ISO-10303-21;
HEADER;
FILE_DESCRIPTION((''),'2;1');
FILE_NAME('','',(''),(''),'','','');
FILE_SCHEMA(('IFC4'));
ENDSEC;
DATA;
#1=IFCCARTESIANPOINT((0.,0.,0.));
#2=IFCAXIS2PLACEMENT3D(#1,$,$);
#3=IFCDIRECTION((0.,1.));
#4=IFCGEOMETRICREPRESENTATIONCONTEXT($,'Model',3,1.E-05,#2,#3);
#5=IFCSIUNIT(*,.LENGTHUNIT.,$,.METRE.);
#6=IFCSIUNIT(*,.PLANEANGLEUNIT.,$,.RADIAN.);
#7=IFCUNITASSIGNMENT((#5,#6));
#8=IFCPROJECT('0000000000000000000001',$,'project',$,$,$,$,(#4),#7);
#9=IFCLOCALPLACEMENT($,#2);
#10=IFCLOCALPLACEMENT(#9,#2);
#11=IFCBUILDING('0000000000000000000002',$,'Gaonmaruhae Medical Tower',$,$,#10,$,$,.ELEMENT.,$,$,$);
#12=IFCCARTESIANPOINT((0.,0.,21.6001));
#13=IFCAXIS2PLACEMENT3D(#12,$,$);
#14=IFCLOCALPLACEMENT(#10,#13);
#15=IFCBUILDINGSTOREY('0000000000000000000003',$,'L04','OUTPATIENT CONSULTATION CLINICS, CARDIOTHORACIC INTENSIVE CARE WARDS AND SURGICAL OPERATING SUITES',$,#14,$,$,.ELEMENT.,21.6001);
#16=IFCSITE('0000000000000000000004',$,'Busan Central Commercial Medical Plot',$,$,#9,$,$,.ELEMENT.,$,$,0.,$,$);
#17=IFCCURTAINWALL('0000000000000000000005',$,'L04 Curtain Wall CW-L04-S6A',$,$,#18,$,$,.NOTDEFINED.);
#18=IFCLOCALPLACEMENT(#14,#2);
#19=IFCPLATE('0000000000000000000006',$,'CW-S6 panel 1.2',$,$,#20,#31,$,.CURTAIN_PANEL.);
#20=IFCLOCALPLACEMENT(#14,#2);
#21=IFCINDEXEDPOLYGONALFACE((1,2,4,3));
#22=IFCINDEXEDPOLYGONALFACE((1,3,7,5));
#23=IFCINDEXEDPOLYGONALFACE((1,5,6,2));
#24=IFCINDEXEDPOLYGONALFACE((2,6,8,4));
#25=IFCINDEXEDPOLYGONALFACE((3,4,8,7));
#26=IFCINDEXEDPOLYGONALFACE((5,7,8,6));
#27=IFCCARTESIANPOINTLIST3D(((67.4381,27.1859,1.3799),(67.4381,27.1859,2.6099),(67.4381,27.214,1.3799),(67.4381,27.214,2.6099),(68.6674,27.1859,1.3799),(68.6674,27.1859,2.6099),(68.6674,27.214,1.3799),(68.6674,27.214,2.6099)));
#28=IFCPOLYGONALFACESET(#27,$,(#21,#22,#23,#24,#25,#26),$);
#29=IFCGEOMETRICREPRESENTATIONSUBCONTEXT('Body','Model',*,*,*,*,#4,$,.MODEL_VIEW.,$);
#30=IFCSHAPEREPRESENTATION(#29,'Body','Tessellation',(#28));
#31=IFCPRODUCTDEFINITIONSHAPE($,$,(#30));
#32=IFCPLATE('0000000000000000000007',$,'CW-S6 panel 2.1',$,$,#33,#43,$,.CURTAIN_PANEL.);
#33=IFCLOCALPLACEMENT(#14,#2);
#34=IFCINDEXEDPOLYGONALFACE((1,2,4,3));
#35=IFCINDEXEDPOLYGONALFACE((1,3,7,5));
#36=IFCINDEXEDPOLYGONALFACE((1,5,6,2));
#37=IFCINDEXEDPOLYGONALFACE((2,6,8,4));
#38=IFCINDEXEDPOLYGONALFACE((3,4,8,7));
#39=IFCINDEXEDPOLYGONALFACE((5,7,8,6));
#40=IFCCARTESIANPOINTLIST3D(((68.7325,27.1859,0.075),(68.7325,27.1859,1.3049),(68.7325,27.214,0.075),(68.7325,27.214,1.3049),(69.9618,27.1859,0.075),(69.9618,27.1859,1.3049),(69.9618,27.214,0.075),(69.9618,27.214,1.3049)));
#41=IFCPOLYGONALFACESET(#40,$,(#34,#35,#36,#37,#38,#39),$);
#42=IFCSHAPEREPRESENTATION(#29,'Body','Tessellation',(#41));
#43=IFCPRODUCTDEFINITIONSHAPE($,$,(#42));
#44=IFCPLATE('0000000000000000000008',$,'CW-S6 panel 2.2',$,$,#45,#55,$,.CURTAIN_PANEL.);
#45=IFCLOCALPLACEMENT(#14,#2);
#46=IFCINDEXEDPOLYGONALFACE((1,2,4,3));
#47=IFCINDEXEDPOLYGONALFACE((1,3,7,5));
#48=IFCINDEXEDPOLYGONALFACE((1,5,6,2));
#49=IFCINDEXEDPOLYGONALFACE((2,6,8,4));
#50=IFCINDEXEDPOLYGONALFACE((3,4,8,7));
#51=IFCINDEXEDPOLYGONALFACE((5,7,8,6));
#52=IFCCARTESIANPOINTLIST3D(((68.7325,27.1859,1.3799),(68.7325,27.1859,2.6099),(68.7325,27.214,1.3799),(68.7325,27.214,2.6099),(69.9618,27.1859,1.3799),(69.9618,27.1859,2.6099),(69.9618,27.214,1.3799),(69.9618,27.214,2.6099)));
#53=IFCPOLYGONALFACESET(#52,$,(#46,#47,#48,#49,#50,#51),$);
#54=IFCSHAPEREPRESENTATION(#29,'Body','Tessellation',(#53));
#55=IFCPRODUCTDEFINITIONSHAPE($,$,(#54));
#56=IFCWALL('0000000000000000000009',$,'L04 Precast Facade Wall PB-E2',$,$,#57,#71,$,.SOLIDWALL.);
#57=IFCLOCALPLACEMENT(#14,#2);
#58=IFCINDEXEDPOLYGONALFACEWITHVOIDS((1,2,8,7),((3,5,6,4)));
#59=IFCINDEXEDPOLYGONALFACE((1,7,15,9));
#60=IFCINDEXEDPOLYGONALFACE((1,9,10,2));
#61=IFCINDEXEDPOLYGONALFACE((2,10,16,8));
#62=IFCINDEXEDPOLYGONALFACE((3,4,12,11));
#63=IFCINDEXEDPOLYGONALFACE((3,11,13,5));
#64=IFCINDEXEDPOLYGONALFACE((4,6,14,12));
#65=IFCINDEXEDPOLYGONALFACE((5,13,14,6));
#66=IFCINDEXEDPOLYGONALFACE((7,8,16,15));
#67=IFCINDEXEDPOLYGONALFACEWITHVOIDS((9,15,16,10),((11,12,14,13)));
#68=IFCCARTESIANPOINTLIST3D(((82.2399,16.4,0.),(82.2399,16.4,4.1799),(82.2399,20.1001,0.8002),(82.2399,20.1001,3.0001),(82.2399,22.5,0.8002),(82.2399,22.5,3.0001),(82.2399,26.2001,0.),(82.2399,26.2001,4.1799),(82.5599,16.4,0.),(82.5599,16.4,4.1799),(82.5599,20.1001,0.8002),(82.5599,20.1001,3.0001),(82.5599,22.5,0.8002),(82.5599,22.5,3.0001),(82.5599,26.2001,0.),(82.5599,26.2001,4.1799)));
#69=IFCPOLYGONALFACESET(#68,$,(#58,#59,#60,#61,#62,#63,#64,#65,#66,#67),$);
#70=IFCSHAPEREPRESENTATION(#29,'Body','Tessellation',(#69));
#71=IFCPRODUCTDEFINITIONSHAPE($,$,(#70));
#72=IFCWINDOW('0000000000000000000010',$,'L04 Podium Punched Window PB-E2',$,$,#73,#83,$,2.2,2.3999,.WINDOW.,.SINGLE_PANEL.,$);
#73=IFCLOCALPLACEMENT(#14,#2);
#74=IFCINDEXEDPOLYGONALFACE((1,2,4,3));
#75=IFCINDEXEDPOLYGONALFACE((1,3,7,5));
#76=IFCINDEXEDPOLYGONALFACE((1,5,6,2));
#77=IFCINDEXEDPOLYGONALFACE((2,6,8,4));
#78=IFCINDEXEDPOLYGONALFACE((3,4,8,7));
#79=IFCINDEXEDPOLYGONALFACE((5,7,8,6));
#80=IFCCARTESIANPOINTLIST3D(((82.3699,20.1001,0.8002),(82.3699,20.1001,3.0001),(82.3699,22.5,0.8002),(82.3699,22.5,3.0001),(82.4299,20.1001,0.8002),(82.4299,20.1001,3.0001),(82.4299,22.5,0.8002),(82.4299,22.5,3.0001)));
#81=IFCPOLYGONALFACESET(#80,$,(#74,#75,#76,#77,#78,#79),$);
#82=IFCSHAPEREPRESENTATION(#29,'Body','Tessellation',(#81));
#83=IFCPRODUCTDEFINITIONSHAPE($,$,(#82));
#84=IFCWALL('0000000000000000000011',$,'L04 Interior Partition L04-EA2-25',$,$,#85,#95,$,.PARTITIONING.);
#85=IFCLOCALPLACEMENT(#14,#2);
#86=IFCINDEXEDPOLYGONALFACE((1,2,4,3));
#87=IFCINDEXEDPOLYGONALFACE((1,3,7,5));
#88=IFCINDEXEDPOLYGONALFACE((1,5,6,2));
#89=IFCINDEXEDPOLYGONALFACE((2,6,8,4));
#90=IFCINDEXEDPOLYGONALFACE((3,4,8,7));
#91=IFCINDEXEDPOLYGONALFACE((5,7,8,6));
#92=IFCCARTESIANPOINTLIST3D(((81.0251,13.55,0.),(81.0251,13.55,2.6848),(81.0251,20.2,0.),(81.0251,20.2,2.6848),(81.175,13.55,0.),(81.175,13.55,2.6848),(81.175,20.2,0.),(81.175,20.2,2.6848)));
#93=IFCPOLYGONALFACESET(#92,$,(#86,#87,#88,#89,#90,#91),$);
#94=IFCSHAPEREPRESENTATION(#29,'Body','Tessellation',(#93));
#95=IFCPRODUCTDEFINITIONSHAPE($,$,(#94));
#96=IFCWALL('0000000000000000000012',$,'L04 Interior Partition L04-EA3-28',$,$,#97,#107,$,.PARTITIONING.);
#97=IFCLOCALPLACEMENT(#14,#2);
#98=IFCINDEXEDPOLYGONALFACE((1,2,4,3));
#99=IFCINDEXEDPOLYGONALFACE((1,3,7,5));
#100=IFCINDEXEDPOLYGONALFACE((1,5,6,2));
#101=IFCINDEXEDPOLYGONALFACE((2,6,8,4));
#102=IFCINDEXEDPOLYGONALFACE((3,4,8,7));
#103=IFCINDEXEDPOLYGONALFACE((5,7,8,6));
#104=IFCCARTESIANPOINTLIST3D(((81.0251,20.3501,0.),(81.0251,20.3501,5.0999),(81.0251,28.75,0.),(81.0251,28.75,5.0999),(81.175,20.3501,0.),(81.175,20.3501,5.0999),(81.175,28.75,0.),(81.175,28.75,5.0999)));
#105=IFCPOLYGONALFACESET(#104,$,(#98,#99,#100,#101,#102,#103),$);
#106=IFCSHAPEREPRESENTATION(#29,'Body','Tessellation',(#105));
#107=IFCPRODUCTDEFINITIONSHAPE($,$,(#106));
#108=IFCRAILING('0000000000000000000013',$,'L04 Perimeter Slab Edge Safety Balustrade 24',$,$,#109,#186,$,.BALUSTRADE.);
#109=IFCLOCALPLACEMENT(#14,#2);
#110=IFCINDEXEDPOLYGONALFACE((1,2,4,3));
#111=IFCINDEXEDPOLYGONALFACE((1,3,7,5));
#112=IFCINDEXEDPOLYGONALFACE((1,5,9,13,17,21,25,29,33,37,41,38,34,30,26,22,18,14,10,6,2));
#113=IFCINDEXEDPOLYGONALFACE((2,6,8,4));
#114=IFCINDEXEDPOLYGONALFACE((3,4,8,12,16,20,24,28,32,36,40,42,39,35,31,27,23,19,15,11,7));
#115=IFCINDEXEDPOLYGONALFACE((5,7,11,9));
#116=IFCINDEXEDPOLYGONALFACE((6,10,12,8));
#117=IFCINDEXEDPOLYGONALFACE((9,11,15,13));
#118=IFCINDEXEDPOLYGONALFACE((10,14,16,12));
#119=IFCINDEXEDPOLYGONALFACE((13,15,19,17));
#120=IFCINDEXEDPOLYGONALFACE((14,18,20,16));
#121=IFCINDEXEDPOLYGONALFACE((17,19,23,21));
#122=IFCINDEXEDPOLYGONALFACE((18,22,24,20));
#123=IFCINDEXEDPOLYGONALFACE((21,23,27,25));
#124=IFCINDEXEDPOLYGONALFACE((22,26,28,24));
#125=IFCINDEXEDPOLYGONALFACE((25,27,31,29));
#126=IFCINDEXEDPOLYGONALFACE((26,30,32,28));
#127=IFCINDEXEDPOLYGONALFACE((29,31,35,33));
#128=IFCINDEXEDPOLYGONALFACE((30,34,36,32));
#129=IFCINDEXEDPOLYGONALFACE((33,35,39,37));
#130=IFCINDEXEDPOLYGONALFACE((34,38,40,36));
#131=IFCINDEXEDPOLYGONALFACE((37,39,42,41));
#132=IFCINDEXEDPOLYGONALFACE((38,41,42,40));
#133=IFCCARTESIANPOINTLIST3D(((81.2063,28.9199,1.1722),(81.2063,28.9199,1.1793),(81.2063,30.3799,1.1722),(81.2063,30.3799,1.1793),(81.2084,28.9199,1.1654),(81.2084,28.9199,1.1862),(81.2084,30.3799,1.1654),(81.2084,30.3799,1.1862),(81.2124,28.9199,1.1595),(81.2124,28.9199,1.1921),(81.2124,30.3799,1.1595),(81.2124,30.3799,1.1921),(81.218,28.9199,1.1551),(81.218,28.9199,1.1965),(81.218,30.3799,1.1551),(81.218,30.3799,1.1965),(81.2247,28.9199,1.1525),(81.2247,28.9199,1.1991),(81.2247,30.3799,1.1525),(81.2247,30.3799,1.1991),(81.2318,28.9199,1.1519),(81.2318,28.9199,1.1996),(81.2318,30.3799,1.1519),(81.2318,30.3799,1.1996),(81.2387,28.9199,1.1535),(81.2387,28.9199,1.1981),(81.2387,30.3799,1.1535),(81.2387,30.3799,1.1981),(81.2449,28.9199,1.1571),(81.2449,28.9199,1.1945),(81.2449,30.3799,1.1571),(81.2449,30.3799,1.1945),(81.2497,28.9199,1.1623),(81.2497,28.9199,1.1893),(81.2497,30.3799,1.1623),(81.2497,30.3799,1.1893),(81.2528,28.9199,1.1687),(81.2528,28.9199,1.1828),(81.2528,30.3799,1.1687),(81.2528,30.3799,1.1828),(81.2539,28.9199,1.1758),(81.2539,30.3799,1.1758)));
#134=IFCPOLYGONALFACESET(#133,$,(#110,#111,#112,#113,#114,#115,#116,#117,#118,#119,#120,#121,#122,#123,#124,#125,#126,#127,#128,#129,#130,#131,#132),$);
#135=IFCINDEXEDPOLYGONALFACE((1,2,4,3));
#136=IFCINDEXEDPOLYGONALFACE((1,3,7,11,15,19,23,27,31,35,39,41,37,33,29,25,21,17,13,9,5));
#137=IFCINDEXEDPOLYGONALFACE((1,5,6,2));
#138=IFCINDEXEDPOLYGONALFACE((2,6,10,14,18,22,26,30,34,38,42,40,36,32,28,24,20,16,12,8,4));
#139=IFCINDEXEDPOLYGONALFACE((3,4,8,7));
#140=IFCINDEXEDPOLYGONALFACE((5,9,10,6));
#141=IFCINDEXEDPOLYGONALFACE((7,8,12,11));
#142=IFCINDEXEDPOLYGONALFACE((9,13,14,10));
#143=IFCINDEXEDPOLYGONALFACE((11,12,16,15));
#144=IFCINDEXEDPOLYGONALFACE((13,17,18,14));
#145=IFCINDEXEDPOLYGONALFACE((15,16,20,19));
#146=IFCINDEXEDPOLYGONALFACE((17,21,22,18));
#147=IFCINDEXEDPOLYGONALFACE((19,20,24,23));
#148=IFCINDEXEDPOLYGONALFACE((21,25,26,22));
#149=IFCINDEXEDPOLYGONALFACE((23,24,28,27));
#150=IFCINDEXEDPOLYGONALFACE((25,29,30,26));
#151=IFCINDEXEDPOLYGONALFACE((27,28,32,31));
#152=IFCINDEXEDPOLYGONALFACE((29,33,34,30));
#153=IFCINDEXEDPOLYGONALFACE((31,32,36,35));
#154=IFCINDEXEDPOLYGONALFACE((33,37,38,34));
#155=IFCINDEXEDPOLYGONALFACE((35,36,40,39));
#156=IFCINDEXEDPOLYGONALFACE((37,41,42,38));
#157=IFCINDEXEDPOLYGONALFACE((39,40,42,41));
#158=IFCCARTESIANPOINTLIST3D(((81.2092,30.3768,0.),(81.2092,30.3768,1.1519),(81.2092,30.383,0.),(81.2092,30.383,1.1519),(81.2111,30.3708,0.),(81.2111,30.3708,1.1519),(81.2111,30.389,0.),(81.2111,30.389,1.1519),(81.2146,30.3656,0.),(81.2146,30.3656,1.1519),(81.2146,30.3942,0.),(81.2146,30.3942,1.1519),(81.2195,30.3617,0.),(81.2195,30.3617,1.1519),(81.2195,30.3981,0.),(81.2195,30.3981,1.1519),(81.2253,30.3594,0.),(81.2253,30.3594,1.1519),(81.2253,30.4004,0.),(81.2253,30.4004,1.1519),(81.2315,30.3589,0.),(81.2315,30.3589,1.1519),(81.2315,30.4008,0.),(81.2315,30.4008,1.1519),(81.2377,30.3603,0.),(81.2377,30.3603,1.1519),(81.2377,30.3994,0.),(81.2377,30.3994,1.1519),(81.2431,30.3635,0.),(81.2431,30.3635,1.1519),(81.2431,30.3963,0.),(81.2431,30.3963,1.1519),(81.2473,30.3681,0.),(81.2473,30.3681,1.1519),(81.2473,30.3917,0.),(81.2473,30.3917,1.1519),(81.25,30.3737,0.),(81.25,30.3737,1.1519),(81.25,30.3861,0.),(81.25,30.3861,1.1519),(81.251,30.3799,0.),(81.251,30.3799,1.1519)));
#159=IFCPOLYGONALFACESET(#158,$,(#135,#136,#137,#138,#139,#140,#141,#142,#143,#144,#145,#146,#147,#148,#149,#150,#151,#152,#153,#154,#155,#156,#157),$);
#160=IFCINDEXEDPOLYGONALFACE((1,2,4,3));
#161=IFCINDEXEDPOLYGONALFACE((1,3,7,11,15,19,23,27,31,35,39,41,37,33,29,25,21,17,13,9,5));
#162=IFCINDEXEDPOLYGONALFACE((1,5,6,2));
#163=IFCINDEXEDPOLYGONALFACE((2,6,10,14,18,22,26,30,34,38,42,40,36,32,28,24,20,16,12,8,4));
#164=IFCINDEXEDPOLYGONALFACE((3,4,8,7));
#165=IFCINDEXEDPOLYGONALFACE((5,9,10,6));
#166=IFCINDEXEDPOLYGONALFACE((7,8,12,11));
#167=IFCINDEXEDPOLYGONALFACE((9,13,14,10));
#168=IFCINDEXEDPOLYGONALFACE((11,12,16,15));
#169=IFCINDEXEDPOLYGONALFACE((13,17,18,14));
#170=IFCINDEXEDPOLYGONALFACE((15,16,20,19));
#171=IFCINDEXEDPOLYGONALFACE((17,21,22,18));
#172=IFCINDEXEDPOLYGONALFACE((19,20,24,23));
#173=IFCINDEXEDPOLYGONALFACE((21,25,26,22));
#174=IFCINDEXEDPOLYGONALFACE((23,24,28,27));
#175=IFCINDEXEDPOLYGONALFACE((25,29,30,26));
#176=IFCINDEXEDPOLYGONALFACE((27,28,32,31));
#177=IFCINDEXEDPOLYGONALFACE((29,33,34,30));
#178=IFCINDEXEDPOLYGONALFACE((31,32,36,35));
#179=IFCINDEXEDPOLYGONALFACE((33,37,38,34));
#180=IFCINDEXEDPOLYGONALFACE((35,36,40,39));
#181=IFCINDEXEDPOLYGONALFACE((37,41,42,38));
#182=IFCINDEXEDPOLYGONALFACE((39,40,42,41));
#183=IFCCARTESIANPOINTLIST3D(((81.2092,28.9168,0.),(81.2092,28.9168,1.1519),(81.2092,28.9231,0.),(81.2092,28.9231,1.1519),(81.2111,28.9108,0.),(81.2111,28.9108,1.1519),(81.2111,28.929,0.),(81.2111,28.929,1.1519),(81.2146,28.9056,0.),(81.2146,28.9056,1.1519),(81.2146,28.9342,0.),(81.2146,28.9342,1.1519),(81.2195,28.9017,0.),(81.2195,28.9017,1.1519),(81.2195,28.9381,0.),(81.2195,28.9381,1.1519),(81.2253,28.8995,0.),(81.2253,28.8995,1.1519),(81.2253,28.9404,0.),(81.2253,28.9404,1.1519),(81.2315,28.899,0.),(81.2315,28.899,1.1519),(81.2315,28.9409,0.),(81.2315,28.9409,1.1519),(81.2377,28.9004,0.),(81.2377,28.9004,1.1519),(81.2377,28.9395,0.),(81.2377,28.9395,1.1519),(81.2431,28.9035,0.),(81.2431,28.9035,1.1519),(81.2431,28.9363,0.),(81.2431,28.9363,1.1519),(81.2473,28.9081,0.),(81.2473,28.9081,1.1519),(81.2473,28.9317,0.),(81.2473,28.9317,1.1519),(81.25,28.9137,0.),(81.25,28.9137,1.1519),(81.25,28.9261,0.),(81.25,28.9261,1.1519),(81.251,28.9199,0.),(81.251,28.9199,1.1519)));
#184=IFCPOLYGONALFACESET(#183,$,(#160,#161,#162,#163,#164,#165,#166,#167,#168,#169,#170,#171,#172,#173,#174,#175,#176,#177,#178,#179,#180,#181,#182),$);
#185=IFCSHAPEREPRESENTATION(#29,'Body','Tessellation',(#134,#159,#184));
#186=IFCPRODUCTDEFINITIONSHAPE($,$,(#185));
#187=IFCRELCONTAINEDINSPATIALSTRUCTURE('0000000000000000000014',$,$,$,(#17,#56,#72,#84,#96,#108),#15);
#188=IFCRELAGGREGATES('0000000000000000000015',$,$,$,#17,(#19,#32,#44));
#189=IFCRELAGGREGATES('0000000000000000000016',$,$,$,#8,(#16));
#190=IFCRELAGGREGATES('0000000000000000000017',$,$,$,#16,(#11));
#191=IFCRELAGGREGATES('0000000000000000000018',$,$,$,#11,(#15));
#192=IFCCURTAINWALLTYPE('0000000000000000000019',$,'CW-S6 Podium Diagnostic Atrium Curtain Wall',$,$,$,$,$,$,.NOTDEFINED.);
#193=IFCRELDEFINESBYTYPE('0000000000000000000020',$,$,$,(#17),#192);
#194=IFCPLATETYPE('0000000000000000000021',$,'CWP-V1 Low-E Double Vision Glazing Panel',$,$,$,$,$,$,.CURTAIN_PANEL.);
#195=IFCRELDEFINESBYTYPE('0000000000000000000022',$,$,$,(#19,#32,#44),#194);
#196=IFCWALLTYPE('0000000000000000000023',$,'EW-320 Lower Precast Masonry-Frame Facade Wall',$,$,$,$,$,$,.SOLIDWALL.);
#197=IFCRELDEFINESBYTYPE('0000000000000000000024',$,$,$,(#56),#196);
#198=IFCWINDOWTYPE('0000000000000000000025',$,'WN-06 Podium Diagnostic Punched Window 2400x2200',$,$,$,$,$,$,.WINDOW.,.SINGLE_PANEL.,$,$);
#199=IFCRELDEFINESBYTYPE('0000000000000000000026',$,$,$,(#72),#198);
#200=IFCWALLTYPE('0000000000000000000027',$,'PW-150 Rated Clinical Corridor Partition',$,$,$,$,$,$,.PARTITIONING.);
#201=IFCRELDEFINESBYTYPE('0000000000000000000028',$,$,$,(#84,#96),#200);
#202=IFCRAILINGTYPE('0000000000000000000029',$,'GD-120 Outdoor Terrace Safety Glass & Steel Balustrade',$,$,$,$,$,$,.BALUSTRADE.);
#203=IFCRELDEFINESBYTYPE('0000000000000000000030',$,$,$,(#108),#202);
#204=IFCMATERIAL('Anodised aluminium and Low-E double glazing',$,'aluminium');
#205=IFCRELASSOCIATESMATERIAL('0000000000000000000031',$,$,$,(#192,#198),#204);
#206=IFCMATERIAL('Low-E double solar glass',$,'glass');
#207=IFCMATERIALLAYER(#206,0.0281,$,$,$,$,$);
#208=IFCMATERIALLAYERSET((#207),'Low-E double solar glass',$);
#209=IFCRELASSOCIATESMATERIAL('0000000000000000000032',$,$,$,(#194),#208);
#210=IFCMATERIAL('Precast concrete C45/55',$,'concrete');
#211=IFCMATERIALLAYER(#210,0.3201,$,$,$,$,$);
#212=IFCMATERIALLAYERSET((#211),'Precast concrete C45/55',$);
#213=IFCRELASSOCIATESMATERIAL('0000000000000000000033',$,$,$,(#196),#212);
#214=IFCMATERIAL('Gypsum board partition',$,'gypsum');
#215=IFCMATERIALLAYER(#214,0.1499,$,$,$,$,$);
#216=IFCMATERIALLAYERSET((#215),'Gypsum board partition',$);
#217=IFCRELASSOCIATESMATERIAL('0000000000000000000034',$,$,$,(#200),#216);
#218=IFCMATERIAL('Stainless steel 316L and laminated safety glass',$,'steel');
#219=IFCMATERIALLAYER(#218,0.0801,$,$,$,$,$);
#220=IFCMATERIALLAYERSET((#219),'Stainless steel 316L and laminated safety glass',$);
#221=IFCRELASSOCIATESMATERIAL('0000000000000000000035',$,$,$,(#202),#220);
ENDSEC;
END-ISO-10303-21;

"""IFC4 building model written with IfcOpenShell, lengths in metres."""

from ifc_helpers import new_model, si_unit, direction, frame, frame_2d, origin, origin_2d, place, context, subcontext, project, spatial, rectangle, circle, extrude, material, layer, layer_set, type_object, element, fill, aggregate, save


model = new_model("IFC4")

# Units and contexts
model_context = context("Model", 3, precision=1e-05, world=origin(), true_north=direction((0.0, 1.0)))
body_context = subcontext(model_context, "Body", "Model", "MODEL_VIEW")
ifc_project = project(units=[si_unit("LENGTHUNIT", "METRE"), si_unit("PLANEANGLEUNIT", "RADIAN")], contexts=[model_context])

# Site, building, storey
site_placement = place(None, origin())
site = spatial("IfcSite", under=ifc_project, at=site_placement, Name="Busan Central Commercial Medical Plot", CompositionType="ELEMENT", RefElevation=0.0)
building_placement = place(site_placement, origin())
building = spatial("IfcBuilding", under=site, at=building_placement, Name="Gaonmaruhae Medical Tower", CompositionType="ELEMENT")
storey_placement = place(building_placement, frame((0.0, 0.0, 21.6001)))
storey = spatial("IfcBuildingStorey", under=building, at=storey_placement, Name="L04", Description="OUTPATIENT CONSULTATION CLINICS, CARDIOTHORACIC INTENSIVE CARE WARDS AND SURGICAL OPERATING SUITES", CompositionType="ELEMENT", Elevation=21.6001)

# Curtain wall
ifc_material_1 = material(Name="Anodised aluminium and Low-E double glazing", Category="aluminium")
curtain_wall_type = type_object("IfcCurtainWallType", Name="CW-S6 Podium Diagnostic Atrium Curtain Wall", PredefinedType="NOTDEFINED", material=ifc_material_1)
curtain_wall_placement = place(storey_placement, origin())
curtain_wall = element("IfcCurtainWall", 1, at=curtain_wall_placement, inside=storey, type_object=curtain_wall_type, Name="L04 Curtain Wall CW-L04-S6A", PredefinedType="NOTDEFINED")

# Plates
ifc_material_2 = material(Name="Low-E double solar glass", Category="glass")
ifc_layer_1 = layer(ifc_material_2, 0.0281)
ifc_layer_set_1 = layer_set([ifc_layer_1], Name="Low-E double solar glass")
plate_type = type_object("IfcPlateType", Name="CWP-V1 Low-E Double Vision Glazing Panel", PredefinedType="CURTAIN_PANEL", material=ifc_layer_set_1)
plate_1_placement = place(storey_placement, frame((68.0527, 27.2, 1.3799), z_axis=(0.0, 0.0, 1.0), x_axis=(1.0, 0.0, 0.0)))
plate_1 = element("IfcPlate", 2, at=plate_1_placement, type_object=plate_type, Name="CW-S6 panel 1.2", PredefinedType="CURTAIN_PANEL", context=body_context, shape_type="SweptSolid", body=[
    extrude(rectangle(XDim=1.2292, YDim=0.0281, at=origin_2d()), origin(), (0.0, 0.0, 1.0), 1.23),
])
plate_2_placement = place(storey_placement, frame((69.3472, 27.2, 0.075), z_axis=(0.0, 0.0, 1.0), x_axis=(1.0, 0.0, 0.0)))
plate_2 = element("IfcPlate", 3, at=plate_2_placement, type_object=plate_type, Name="CW-S6 panel 2.1", PredefinedType="CURTAIN_PANEL", context=body_context, shape_type="SweptSolid", body=[
    extrude(rectangle(XDim=1.2292, YDim=0.0281, at=origin_2d()), origin(), (0.0, 0.0, 1.0), 1.23),
])
plate_3_placement = place(storey_placement, frame((69.3472, 27.2, 1.3799), z_axis=(0.0, 0.0, 1.0), x_axis=(1.0, 0.0, 0.0)))
plate_3 = element("IfcPlate", 4, at=plate_3_placement, type_object=plate_type, Name="CW-S6 panel 2.2", PredefinedType="CURTAIN_PANEL", context=body_context, shape_type="SweptSolid", body=[
    extrude(rectangle(XDim=1.2292, YDim=0.0281, at=origin_2d()), origin(), (0.0, 0.0, 1.0), 1.23),
])
aggregate(curtain_wall, [plate_1, plate_2, plate_3])

# Wall, opening, window
ifc_material_3 = material(Name="Precast concrete C45/55", Category="concrete")
ifc_layer_2 = layer(ifc_material_3, 0.3201)
ifc_layer_set_2 = layer_set([ifc_layer_2], Name="Precast concrete C45/55")
wall_type_1 = type_object("IfcWallType", Name="EW-320 Lower Precast Masonry-Frame Facade Wall", PredefinedType="SOLIDWALL", material=ifc_layer_set_2)
wall_1_placement = place(storey_placement, frame((82.3999, 26.2, 0.0), z_axis=(0.0, 0.0, 1.0), x_axis=(0.0, -1.0, 0.0)))
wall_1 = element("IfcWall", 5, at=wall_1_placement, inside=storey, type_object=wall_type_1, Name="L04 Precast Facade Wall PB-E2", PredefinedType="SOLIDWALL", context=body_context, shape_type="SweptSolid", body=[
    extrude(rectangle(XDim=9.8, YDim=0.3201, at=frame_2d((4.8999, 0.0))), origin(), (0.0, 0.0, 1.0), 4.1799),
])
opening_placement = place(wall_1_placement, frame((3.7, 0.0, 0.8)))
opening = element("IfcOpeningElement", 6, at=opening_placement, cuts=wall_1, PredefinedType="OPENING", context=body_context, shape_type="SweptSolid", body=[
    extrude(rectangle(XDim=2.3999, YDim=2.2, at=frame_2d((1.2, 1.1001))), frame((0.0, 0.1699, 0.0), z_axis=(0.0, -1.0, 0.0), x_axis=(1.0, 0.0, 0.0)), (0.0, 0.0, 1.0), 0.3401),
])
window_type = type_object("IfcWindowType", Name="WN-06 Podium Diagnostic Punched Window 2400x2200", PartitioningType="SINGLE_PANEL", PredefinedType="WINDOW", material=ifc_material_1)
window_placement = place(opening_placement, origin())
window = element("IfcWindow", 7, at=window_placement, inside=storey, type_object=window_type, Name="L04 Podium Punched Window PB-E2", OverallHeight=2.2, OverallWidth=2.3999, PartitioningType="SINGLE_PANEL", PredefinedType="WINDOW", context=body_context, shape_type="SweptSolid", body=[
    extrude(rectangle(XDim=2.3999, YDim=2.2, at=frame_2d((1.2, 1.1001))), frame((0.0, 0.03, 0.0), z_axis=(0.0, -1.0, 0.0), x_axis=(1.0, 0.0, 0.0)), (0.0, 0.0, 1.0), 0.0601),
])
fill(opening, window)

# Walls
ifc_material_4 = material(Name="Gypsum board partition", Category="gypsum")
ifc_layer_3 = layer(ifc_material_4, 0.1499)
ifc_layer_set_3 = layer_set([ifc_layer_3], Name="Gypsum board partition")
wall_type_2 = type_object("IfcWallType", Name="PW-150 Rated Clinical Corridor Partition", PredefinedType="PARTITIONING", material=ifc_layer_set_3)
wall_2_placement = place(storey_placement, frame((81.1001, 20.2, 0.0), z_axis=(0.0, 0.0, 1.0), x_axis=(0.0, -1.0, 0.0)))
element("IfcWall", 8, at=wall_2_placement, inside=storey, type_object=wall_type_2, Name="L04 Interior Partition L04-EA2-25", PredefinedType="PARTITIONING", context=body_context, shape_type="SweptSolid", body=[
    extrude(rectangle(XDim=6.6499, YDim=0.1499, at=frame_2d((3.325, 0.0))), origin(), (0.0, 0.0, 1.0), 2.6848),
])
wall_3_placement = place(storey_placement, frame((81.1001, 28.75, 0.0), z_axis=(0.0, 0.0, 1.0), x_axis=(0.0, -1.0, 0.0)))
element("IfcWall", 9, at=wall_3_placement, inside=storey, type_object=wall_type_2, Name="L04 Interior Partition L04-EA3-28", PredefinedType="PARTITIONING", context=body_context, shape_type="SweptSolid", body=[
    extrude(rectangle(XDim=8.3999, YDim=0.1499, at=frame_2d((4.2, 0.0))), origin(), (0.0, 0.0, 1.0), 5.0999),
])

# Railing
ifc_material_5 = material(Name="Stainless steel 316L and laminated safety glass", Category="steel")
ifc_layer_4 = layer(ifc_material_5, 0.0801)
ifc_layer_set_4 = layer_set([ifc_layer_4], Name="Stainless steel 316L and laminated safety glass")
railing_type = type_object("IfcRailingType", Name="GD-120 Outdoor Terrace Safety Glass & Steel Balustrade", PredefinedType="BALUSTRADE", material=ifc_layer_set_4)
railing_1_placement = place(storey_placement, frame((81.23, 30.3799, 0.0)))
element("IfcRailing", 10, at=railing_1_placement, inside=storey, type_object=railing_type, Name="L04 Perimeter Slab Edge Safety Balustrade 24", PredefinedType="BALUSTRADE", context=body_context, shape_type="SweptSolid", body=[
    extrude(circle(Radius=0.0239, at=origin_2d()), frame((0.0, 0.0, 1.1758), z_axis=(0.0, -1.0, 0.0), x_axis=(1.0, 0.0, 0.0)), (0.0, 0.0, 1.0), 1.46),
    extrude(circle(Radius=0.021, at=origin_2d()), origin(), (0.0, 0.0, 1.0), 1.1519),
    extrude(circle(Radius=0.021, at=origin_2d()), frame((0.0, -1.46, 0.0)), (0.0, 0.0, 1.0), 1.1519),
])

save(model, "model.ifc")
